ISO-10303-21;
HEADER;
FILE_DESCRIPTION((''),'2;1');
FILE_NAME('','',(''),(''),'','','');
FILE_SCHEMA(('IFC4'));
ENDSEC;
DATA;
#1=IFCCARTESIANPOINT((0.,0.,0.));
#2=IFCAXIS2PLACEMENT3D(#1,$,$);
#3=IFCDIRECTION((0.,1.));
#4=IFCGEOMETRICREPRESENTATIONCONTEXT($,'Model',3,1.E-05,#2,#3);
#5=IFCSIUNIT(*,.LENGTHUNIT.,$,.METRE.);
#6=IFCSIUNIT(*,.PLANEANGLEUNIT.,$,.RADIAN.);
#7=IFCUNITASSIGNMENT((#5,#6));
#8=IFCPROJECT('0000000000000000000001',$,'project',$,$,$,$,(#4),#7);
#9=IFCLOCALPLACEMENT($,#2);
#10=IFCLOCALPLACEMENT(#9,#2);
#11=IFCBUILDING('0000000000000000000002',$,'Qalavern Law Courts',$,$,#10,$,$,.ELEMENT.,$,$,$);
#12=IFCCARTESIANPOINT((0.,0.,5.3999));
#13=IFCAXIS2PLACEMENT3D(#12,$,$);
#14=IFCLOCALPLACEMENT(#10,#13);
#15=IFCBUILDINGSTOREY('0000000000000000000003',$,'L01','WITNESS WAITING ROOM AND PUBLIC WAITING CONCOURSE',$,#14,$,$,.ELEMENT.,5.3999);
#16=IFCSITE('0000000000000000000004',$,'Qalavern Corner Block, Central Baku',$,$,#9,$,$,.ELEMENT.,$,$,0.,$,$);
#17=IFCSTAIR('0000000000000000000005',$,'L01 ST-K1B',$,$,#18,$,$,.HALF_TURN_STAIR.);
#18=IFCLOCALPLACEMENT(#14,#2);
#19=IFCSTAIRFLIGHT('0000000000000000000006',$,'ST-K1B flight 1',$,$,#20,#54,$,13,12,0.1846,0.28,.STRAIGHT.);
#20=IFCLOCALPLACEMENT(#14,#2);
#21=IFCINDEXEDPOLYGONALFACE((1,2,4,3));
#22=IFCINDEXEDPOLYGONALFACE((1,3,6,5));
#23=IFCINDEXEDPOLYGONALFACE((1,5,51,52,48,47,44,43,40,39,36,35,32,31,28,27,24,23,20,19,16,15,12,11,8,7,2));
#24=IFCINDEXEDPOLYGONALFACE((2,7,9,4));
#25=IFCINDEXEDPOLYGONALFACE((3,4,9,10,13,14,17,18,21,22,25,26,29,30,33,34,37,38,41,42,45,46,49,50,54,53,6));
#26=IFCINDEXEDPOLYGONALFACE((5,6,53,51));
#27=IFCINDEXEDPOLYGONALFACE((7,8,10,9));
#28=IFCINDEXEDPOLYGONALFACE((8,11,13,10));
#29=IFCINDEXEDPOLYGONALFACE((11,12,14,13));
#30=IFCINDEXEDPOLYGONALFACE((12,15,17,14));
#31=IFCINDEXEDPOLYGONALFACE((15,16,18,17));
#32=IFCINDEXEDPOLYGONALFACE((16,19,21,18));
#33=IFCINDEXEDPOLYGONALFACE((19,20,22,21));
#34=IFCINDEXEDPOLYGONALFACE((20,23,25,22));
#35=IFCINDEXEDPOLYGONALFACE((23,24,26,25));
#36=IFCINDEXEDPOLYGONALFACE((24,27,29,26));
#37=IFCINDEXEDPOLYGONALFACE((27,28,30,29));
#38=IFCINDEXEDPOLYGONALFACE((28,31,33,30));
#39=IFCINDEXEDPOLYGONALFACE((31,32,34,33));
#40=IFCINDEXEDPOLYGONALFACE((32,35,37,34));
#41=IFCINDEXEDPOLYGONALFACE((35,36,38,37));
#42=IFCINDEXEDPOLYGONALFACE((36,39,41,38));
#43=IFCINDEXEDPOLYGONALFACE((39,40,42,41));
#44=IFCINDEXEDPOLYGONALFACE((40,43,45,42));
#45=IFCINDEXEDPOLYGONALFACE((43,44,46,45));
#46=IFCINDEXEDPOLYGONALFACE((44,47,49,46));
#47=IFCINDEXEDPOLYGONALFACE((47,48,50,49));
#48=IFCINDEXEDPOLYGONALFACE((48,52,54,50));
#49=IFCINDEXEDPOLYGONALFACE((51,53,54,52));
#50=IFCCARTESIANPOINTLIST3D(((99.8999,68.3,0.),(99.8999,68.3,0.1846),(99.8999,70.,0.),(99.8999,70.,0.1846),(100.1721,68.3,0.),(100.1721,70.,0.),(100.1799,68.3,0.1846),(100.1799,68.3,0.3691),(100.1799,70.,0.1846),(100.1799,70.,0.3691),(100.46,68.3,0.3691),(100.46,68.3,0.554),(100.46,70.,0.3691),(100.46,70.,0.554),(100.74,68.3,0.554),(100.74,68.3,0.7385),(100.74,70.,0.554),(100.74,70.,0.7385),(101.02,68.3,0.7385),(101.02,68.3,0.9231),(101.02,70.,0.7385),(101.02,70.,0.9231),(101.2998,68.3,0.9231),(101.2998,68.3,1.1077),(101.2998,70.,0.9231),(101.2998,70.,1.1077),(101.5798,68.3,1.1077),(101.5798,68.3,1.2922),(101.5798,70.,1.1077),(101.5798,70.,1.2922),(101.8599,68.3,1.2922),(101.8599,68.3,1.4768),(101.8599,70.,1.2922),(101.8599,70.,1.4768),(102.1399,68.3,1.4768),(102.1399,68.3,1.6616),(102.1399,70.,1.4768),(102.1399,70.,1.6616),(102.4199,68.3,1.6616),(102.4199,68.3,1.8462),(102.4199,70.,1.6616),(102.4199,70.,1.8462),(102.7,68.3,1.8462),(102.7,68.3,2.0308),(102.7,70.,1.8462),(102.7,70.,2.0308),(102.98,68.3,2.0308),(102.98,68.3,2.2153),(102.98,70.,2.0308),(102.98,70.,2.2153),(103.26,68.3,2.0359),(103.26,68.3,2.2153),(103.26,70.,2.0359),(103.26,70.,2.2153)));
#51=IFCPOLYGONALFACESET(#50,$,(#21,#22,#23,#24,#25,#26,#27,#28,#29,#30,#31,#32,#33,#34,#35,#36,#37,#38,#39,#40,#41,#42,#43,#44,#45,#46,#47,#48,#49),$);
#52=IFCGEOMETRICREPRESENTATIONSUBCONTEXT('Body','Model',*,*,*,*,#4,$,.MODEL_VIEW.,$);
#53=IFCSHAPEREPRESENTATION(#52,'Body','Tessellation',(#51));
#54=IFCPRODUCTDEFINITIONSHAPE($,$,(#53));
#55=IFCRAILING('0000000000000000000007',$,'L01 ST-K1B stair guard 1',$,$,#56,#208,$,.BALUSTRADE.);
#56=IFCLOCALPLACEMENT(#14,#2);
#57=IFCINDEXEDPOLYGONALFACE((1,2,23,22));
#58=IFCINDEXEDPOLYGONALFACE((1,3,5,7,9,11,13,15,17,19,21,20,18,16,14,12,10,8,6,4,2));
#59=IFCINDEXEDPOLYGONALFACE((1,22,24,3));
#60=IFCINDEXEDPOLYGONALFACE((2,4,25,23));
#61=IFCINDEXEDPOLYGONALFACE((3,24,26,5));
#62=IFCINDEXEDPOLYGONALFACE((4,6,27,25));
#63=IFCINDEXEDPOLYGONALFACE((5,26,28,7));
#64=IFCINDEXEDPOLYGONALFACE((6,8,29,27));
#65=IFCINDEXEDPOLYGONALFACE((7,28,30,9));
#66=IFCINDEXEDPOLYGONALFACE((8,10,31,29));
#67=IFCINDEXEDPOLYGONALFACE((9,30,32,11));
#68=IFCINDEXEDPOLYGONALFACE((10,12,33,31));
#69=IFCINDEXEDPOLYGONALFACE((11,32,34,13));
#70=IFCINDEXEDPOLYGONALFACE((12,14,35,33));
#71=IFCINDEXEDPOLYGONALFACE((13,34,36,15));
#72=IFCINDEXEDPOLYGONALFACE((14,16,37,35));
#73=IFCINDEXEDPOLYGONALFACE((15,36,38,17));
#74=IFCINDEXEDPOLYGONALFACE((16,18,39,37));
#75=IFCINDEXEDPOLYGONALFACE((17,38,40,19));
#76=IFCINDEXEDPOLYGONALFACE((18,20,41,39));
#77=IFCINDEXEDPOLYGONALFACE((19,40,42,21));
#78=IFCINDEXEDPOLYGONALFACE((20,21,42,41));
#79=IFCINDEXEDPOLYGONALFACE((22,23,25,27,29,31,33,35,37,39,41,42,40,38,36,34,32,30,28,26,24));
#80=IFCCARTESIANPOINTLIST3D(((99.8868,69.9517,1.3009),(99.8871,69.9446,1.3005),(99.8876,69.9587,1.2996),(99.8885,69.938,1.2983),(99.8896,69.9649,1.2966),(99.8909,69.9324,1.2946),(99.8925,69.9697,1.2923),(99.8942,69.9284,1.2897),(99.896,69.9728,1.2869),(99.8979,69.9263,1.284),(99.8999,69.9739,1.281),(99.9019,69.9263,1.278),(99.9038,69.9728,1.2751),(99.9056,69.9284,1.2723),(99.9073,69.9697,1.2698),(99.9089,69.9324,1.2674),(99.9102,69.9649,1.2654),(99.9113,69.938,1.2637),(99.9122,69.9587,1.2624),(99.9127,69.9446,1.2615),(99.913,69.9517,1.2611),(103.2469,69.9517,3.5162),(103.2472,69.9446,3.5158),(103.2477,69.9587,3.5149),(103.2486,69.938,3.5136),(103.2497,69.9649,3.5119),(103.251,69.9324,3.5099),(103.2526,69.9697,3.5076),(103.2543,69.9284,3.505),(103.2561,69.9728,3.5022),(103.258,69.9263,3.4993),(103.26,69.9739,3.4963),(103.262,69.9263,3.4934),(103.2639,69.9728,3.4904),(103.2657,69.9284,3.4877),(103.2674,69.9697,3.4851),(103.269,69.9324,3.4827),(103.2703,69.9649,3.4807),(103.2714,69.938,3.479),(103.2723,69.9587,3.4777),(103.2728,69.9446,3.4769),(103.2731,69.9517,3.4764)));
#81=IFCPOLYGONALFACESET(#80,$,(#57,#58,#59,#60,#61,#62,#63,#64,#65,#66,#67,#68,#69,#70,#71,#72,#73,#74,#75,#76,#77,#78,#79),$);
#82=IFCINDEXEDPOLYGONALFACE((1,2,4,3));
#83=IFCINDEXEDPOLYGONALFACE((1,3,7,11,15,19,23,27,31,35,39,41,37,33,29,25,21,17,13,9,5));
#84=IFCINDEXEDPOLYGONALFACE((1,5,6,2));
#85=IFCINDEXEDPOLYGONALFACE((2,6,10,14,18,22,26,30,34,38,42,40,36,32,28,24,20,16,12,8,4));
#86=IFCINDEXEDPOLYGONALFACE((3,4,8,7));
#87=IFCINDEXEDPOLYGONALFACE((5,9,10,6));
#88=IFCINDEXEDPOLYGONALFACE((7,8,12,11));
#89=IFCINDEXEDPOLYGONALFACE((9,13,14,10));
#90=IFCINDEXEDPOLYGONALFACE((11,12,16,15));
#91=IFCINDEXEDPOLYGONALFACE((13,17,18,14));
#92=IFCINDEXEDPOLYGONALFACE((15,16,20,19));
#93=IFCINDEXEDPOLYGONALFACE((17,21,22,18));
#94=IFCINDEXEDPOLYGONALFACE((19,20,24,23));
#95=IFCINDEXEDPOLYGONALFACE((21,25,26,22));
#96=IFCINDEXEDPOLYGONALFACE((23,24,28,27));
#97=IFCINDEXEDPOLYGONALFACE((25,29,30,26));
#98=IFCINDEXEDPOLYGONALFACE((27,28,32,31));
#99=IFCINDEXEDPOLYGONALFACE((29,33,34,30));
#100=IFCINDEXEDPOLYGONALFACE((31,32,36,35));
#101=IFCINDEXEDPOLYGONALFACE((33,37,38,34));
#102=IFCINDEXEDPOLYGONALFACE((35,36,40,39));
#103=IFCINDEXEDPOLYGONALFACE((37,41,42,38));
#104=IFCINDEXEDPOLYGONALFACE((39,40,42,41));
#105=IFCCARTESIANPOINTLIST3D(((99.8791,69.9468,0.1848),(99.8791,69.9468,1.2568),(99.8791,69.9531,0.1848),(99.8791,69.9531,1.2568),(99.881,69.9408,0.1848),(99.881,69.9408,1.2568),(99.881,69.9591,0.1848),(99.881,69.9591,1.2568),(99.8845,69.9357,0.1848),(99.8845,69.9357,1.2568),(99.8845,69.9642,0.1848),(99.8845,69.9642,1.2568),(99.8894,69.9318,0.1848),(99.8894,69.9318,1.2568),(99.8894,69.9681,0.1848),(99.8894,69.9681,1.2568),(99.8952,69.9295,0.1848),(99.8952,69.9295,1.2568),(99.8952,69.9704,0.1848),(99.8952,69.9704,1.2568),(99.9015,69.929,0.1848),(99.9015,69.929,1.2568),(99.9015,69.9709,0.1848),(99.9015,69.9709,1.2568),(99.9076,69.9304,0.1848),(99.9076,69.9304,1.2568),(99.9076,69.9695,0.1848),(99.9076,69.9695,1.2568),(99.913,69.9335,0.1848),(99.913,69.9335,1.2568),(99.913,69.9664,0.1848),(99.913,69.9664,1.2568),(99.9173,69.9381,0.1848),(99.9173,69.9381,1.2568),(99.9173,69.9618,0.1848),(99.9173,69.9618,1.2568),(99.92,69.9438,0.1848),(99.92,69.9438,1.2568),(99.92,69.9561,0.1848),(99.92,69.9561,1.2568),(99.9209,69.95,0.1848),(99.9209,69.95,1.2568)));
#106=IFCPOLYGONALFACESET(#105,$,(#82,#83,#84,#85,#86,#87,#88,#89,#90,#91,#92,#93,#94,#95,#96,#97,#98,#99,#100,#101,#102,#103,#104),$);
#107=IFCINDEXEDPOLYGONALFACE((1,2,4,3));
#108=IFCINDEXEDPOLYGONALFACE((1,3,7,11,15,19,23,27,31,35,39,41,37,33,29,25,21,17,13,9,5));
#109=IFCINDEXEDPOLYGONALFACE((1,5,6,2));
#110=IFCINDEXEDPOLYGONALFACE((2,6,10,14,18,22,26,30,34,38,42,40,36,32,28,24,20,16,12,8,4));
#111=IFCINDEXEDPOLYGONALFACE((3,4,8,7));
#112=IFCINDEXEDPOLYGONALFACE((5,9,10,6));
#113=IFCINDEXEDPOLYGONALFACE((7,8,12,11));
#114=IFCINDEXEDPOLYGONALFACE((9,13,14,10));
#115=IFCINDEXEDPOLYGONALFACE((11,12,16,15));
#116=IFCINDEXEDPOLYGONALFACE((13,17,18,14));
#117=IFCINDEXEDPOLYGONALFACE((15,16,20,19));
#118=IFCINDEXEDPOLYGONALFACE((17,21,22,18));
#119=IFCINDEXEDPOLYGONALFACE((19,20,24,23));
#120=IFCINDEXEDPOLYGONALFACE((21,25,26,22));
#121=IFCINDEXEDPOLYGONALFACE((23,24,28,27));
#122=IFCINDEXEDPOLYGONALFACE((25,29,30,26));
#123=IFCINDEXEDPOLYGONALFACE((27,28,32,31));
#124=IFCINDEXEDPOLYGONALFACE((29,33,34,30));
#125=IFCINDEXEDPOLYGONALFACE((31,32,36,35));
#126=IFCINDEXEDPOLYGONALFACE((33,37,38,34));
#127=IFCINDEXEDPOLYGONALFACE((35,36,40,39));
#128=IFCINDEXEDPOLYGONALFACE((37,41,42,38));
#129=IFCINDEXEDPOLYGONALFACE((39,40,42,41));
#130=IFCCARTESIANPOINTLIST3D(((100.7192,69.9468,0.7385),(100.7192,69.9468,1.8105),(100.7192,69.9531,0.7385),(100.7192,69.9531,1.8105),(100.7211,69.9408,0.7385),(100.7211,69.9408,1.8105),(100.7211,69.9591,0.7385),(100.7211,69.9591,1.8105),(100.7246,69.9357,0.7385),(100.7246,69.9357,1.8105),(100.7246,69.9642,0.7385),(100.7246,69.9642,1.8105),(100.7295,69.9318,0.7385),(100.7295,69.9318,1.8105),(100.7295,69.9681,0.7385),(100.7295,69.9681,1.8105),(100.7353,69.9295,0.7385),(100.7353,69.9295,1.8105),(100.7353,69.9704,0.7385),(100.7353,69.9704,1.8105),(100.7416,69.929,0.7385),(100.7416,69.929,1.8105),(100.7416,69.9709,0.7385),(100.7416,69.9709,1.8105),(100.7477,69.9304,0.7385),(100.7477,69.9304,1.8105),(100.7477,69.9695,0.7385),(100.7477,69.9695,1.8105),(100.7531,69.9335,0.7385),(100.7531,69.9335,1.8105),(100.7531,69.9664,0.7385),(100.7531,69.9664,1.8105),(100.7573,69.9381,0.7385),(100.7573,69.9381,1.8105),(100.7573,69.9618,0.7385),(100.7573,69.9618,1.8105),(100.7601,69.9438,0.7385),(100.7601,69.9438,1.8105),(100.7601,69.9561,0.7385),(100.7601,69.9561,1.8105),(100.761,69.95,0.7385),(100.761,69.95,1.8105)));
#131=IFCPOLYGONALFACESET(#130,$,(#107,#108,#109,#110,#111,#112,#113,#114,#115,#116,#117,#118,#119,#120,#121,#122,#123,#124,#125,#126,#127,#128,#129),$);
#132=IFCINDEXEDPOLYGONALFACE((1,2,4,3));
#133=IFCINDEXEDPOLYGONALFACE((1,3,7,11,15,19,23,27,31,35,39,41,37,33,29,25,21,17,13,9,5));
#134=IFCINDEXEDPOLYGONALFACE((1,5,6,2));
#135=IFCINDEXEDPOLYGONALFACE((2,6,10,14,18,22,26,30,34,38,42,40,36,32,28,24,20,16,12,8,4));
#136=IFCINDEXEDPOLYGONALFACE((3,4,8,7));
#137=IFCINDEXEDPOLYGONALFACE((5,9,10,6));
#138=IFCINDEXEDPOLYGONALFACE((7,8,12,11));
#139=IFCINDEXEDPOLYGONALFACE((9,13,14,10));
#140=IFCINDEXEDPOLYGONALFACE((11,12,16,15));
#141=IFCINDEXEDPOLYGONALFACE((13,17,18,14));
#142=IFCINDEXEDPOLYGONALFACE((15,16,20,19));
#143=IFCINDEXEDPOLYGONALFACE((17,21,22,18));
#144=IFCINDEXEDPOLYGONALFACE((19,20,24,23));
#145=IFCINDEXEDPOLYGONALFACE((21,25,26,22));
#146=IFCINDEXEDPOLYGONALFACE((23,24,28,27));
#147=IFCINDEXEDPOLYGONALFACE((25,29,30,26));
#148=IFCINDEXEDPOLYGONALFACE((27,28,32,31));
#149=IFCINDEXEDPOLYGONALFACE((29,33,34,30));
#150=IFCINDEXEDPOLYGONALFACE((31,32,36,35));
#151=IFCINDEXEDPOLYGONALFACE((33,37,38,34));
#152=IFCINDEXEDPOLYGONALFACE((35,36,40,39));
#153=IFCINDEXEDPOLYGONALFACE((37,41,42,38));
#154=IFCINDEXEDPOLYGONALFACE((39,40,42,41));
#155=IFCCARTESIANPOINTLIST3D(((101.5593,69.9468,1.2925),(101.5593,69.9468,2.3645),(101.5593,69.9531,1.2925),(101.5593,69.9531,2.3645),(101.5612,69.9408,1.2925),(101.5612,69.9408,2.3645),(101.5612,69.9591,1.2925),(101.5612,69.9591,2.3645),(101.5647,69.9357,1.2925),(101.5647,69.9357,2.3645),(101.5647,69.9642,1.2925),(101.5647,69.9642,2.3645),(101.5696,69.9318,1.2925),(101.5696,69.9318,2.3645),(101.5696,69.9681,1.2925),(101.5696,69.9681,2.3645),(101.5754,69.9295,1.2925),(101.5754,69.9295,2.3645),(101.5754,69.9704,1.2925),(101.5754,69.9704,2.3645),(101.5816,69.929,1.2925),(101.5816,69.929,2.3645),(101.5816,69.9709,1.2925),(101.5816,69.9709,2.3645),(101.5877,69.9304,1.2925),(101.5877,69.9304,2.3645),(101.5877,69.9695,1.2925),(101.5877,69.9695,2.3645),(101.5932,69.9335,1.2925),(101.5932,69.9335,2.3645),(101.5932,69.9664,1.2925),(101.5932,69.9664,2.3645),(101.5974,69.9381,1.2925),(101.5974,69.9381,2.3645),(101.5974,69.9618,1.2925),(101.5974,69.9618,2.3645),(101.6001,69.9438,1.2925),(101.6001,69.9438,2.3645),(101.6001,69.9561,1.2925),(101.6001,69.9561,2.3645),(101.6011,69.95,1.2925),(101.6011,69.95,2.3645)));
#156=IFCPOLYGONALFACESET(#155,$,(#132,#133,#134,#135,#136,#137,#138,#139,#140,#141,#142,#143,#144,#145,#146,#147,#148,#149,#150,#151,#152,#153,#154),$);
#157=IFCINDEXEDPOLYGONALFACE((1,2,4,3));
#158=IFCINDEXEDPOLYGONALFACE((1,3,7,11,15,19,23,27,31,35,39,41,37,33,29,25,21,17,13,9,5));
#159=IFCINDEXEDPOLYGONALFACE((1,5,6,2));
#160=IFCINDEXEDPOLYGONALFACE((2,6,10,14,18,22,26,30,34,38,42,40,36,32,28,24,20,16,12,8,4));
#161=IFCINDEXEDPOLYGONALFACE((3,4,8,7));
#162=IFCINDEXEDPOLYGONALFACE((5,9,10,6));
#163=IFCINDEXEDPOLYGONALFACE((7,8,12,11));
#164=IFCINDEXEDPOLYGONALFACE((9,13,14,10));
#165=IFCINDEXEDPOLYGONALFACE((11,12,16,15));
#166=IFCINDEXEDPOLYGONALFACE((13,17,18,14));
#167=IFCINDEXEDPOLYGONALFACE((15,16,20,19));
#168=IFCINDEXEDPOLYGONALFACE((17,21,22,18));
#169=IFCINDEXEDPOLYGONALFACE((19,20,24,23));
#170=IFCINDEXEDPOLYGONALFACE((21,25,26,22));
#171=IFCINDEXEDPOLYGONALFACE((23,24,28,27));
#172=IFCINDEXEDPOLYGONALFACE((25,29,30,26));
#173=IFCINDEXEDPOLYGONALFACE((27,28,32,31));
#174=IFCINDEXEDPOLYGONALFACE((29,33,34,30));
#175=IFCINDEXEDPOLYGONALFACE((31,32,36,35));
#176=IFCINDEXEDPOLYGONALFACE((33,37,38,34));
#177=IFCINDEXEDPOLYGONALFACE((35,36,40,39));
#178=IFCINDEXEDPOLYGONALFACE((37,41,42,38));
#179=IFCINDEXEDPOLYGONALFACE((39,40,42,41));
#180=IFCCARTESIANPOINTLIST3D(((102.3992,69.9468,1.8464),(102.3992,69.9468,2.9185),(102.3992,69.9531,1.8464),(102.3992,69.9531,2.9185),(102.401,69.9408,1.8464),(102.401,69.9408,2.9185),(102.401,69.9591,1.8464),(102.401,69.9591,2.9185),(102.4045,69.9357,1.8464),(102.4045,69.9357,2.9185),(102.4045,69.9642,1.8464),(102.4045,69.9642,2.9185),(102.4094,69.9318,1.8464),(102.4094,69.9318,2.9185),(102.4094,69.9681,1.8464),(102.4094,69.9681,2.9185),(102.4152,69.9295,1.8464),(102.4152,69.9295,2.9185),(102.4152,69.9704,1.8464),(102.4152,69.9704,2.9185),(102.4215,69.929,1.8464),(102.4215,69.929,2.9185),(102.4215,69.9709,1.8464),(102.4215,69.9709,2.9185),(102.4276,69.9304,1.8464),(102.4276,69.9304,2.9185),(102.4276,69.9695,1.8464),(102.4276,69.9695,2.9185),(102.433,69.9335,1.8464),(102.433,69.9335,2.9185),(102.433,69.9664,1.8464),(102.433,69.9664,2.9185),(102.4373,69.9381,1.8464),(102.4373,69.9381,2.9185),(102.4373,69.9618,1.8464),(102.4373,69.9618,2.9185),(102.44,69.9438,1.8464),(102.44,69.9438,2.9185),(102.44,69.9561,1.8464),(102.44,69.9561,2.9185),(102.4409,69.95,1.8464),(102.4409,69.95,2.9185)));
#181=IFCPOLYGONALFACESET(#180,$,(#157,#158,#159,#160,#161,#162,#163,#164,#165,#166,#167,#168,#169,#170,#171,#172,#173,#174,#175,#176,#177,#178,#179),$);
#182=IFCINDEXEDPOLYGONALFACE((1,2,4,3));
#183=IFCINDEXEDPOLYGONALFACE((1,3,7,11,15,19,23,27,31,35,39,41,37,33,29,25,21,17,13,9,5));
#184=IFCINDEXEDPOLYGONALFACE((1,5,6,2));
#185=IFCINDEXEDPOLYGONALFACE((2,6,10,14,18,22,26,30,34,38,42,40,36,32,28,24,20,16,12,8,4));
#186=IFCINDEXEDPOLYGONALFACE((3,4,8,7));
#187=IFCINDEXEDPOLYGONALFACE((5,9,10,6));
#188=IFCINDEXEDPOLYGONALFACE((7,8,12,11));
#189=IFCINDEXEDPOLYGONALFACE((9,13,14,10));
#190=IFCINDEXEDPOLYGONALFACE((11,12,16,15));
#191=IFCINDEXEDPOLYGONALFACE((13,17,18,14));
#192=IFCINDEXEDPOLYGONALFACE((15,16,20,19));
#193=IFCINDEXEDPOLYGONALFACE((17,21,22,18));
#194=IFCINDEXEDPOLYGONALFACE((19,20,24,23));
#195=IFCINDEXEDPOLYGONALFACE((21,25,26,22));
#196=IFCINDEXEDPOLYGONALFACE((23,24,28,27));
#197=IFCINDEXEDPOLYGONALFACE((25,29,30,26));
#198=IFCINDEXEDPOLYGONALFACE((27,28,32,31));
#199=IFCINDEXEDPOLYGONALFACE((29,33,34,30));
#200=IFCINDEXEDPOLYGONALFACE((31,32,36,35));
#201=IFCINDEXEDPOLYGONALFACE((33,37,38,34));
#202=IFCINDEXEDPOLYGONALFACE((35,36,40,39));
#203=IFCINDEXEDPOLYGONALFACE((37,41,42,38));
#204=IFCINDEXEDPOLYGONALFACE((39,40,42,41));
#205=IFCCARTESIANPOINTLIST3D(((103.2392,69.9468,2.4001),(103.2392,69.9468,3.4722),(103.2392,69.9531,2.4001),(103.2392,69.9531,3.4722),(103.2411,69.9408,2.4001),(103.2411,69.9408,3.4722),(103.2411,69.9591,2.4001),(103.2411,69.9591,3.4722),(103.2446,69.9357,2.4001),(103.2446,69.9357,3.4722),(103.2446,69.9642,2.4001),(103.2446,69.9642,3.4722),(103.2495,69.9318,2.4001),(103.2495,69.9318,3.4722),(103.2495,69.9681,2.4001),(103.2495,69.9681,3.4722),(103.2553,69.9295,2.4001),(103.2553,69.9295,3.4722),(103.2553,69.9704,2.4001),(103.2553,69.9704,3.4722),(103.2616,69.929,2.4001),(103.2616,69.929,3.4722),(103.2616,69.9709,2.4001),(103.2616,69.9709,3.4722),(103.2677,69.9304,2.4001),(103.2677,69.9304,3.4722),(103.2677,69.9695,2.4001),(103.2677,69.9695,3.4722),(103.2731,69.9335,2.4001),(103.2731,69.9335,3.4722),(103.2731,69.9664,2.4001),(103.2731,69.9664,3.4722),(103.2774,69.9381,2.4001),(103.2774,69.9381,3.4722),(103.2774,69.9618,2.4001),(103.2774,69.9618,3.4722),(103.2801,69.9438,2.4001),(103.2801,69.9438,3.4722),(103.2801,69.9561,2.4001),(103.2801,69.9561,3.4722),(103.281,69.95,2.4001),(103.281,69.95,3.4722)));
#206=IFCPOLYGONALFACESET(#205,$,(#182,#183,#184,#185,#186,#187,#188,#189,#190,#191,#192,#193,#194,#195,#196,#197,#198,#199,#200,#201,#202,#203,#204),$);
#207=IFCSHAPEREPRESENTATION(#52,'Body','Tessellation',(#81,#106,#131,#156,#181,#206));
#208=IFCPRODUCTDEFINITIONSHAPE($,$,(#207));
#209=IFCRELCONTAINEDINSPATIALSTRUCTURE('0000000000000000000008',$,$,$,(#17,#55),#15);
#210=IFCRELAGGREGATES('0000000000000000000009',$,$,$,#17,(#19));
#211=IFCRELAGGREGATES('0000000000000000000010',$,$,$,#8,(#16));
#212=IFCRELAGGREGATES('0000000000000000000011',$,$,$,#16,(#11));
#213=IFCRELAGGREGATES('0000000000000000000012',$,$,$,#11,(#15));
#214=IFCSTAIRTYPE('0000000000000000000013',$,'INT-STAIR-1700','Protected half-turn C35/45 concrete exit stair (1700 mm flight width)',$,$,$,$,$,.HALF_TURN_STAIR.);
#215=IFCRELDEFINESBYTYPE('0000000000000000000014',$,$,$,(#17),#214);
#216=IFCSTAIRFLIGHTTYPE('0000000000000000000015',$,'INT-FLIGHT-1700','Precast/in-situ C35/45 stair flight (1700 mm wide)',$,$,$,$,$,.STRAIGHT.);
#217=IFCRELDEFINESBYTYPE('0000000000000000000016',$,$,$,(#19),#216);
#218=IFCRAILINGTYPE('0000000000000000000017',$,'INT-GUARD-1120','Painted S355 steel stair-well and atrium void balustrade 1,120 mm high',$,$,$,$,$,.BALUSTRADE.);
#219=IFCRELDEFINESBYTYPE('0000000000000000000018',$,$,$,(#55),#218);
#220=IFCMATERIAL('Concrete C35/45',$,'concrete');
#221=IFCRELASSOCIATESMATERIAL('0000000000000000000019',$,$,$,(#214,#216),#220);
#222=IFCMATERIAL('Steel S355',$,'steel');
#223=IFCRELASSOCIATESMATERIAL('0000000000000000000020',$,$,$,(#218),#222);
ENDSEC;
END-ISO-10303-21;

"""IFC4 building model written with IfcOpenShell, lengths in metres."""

from ifc_helpers import new_model, si_unit, direction, frame, origin, origin_2d, place, context, subcontext, project, spatial, polyline, circle, outline, extrude, material, type_object, element, aggregate, save


model = new_model("IFC4")

# Units and contexts
model_context = context("Model", 3, precision=1e-05, world=origin(), true_north=direction((0.0, 1.0)))
body_context = subcontext(model_context, "Body", "Model", "MODEL_VIEW")
ifc_project = project(units=[si_unit("LENGTHUNIT", "METRE"), si_unit("PLANEANGLEUNIT", "RADIAN")], contexts=[model_context])

# Site, building, storey
site_placement = place(None, origin())
site = spatial("IfcSite", under=ifc_project, at=site_placement, Name="Qalavern Corner Block, Central Baku", CompositionType="ELEMENT", RefElevation=0.0)
building_placement = place(site_placement, origin())
building = spatial("IfcBuilding", under=site, at=building_placement, Name="Qalavern Law Courts", CompositionType="ELEMENT")
storey_placement = place(building_placement, frame((0.0, 0.0, 5.3999)))
storey = spatial("IfcBuildingStorey", under=building, at=storey_placement, Name="L01", Description="WITNESS WAITING ROOM AND PUBLIC WAITING CONCOURSE", CompositionType="ELEMENT", Elevation=5.3999)

# Shared definitions
ifc_material_1 = material(Name="Steel S355", Category="steel")
ifc_material_2 = material(Name="Concrete C35/45", Category="concrete")

# Stair, stair flight
stair_type = type_object("IfcStairType", Name="INT-STAIR-1700", Description="Protected half-turn C35/45 concrete exit stair (1700 mm flight width)", PredefinedType="HALF_TURN_STAIR", material=ifc_material_2)
stair_placement = place(storey_placement, origin())
stair = element("IfcStair", 1, at=stair_placement, inside=storey, type_object=stair_type, Name="L01 ST-K1B", PredefinedType="HALF_TURN_STAIR")
stair_flight_type = type_object("IfcStairFlightType", Name="INT-FLIGHT-1700", Description="Precast/in-situ C35/45 stair flight (1700 mm wide)", PredefinedType="STRAIGHT", material=ifc_material_2)
stair_flight_placement = place(storey_placement, frame((99.8999, 69.1499, 0.0), z_axis=(0.0, 0.0, 1.0), x_axis=(1.0, 0.0, 0.0)))
stair_flight = element("IfcStairFlight", 2, at=stair_flight_placement, type_object=stair_flight_type, Name="ST-K1B flight 1", NumberOfRisers=13, NumberOfTreads=12, PredefinedType="STRAIGHT", RiserHeight=0.1846, TreadLength=0.28, context=body_context, shape_type="SweptSolid", body=[
    extrude(outline(polyline([(0.0, 0.0), (0.0, 0.1846), (0.28, 0.1846), (0.28, 0.3691), (0.5601, 0.3691), (0.5601, 0.554), (0.8401, 0.554), (0.8401, 0.7385), (1.1201, 0.7385), (1.1201, 0.9231), (1.3999, 0.9231), (1.3999, 1.1077), (1.6799, 1.1077), (1.6799, 1.2922), (1.96, 1.2922), (1.96, 1.4768), (2.24, 1.4768), (2.24, 1.6616), (2.52, 1.6616), (2.52, 1.8462), (2.8, 1.8462), (2.8, 2.0308), (3.0801, 2.0308), (3.0801, 2.2153), (3.3601, 2.2153), (3.3601, 2.3999), (3.3601, 2.0359), (0.2722, 0.0), (0.0, 0.0)])), frame((0.0, 0.8501, 0.0), z_axis=(0.0, -1.0, 0.0), x_axis=(1.0, 0.0, 0.0)), (0.0, 0.0, 1.0), 1.7),
])
aggregate(stair, [stair_flight])

# Railing
railing_type_1 = type_object("IfcRailingType", Name="INT-GUARD-1120", Description="Painted S355 steel stair-well and atrium void balustrade 1,120 mm high", PredefinedType="BALUSTRADE", material=ifc_material_1)
railing_1_placement = place(storey_placement, frame((99.8999, 69.95, 0.1848)))
element("IfcRailing", 3, at=railing_1_placement, inside=storey, type_object=railing_type_1, Name="L01 ST-K1B stair guard 1", PredefinedType="BALUSTRADE", context=body_context, shape_type="SweptSolid", body=[
    extrude(circle(Radius=0.0239, at=origin_2d()), frame((0.0, 0.0, 1.0962), z_axis=(0.834876, 0.0, 0.550437), x_axis=(0.0, 1.0, 0.0)), (0.0, 0.0, 1.0), 4.0247),
    extrude(circle(Radius=0.021, at=origin_2d()), origin(), (0.0, 0.0, 1.0), 1.072),
    extrude(circle(Radius=0.021, at=origin_2d()), frame((0.8401, 0.0, 0.5537)), (0.0, 0.0, 1.0), 1.072),
    extrude(circle(Radius=0.021, at=origin_2d()), frame((1.6802, 0.0, 1.1077)), (0.0, 0.0, 1.0), 1.072),
    extrude(circle(Radius=0.021, at=origin_2d()), frame((2.52, 0.0, 1.6616)), (0.0, 0.0, 1.0), 1.072),
    extrude(circle(Radius=0.021, at=origin_2d()), frame((3.3601, 0.0, 2.2153)), (0.0, 0.0, 1.0), 1.072),
])

save(model, "model.ifc")
